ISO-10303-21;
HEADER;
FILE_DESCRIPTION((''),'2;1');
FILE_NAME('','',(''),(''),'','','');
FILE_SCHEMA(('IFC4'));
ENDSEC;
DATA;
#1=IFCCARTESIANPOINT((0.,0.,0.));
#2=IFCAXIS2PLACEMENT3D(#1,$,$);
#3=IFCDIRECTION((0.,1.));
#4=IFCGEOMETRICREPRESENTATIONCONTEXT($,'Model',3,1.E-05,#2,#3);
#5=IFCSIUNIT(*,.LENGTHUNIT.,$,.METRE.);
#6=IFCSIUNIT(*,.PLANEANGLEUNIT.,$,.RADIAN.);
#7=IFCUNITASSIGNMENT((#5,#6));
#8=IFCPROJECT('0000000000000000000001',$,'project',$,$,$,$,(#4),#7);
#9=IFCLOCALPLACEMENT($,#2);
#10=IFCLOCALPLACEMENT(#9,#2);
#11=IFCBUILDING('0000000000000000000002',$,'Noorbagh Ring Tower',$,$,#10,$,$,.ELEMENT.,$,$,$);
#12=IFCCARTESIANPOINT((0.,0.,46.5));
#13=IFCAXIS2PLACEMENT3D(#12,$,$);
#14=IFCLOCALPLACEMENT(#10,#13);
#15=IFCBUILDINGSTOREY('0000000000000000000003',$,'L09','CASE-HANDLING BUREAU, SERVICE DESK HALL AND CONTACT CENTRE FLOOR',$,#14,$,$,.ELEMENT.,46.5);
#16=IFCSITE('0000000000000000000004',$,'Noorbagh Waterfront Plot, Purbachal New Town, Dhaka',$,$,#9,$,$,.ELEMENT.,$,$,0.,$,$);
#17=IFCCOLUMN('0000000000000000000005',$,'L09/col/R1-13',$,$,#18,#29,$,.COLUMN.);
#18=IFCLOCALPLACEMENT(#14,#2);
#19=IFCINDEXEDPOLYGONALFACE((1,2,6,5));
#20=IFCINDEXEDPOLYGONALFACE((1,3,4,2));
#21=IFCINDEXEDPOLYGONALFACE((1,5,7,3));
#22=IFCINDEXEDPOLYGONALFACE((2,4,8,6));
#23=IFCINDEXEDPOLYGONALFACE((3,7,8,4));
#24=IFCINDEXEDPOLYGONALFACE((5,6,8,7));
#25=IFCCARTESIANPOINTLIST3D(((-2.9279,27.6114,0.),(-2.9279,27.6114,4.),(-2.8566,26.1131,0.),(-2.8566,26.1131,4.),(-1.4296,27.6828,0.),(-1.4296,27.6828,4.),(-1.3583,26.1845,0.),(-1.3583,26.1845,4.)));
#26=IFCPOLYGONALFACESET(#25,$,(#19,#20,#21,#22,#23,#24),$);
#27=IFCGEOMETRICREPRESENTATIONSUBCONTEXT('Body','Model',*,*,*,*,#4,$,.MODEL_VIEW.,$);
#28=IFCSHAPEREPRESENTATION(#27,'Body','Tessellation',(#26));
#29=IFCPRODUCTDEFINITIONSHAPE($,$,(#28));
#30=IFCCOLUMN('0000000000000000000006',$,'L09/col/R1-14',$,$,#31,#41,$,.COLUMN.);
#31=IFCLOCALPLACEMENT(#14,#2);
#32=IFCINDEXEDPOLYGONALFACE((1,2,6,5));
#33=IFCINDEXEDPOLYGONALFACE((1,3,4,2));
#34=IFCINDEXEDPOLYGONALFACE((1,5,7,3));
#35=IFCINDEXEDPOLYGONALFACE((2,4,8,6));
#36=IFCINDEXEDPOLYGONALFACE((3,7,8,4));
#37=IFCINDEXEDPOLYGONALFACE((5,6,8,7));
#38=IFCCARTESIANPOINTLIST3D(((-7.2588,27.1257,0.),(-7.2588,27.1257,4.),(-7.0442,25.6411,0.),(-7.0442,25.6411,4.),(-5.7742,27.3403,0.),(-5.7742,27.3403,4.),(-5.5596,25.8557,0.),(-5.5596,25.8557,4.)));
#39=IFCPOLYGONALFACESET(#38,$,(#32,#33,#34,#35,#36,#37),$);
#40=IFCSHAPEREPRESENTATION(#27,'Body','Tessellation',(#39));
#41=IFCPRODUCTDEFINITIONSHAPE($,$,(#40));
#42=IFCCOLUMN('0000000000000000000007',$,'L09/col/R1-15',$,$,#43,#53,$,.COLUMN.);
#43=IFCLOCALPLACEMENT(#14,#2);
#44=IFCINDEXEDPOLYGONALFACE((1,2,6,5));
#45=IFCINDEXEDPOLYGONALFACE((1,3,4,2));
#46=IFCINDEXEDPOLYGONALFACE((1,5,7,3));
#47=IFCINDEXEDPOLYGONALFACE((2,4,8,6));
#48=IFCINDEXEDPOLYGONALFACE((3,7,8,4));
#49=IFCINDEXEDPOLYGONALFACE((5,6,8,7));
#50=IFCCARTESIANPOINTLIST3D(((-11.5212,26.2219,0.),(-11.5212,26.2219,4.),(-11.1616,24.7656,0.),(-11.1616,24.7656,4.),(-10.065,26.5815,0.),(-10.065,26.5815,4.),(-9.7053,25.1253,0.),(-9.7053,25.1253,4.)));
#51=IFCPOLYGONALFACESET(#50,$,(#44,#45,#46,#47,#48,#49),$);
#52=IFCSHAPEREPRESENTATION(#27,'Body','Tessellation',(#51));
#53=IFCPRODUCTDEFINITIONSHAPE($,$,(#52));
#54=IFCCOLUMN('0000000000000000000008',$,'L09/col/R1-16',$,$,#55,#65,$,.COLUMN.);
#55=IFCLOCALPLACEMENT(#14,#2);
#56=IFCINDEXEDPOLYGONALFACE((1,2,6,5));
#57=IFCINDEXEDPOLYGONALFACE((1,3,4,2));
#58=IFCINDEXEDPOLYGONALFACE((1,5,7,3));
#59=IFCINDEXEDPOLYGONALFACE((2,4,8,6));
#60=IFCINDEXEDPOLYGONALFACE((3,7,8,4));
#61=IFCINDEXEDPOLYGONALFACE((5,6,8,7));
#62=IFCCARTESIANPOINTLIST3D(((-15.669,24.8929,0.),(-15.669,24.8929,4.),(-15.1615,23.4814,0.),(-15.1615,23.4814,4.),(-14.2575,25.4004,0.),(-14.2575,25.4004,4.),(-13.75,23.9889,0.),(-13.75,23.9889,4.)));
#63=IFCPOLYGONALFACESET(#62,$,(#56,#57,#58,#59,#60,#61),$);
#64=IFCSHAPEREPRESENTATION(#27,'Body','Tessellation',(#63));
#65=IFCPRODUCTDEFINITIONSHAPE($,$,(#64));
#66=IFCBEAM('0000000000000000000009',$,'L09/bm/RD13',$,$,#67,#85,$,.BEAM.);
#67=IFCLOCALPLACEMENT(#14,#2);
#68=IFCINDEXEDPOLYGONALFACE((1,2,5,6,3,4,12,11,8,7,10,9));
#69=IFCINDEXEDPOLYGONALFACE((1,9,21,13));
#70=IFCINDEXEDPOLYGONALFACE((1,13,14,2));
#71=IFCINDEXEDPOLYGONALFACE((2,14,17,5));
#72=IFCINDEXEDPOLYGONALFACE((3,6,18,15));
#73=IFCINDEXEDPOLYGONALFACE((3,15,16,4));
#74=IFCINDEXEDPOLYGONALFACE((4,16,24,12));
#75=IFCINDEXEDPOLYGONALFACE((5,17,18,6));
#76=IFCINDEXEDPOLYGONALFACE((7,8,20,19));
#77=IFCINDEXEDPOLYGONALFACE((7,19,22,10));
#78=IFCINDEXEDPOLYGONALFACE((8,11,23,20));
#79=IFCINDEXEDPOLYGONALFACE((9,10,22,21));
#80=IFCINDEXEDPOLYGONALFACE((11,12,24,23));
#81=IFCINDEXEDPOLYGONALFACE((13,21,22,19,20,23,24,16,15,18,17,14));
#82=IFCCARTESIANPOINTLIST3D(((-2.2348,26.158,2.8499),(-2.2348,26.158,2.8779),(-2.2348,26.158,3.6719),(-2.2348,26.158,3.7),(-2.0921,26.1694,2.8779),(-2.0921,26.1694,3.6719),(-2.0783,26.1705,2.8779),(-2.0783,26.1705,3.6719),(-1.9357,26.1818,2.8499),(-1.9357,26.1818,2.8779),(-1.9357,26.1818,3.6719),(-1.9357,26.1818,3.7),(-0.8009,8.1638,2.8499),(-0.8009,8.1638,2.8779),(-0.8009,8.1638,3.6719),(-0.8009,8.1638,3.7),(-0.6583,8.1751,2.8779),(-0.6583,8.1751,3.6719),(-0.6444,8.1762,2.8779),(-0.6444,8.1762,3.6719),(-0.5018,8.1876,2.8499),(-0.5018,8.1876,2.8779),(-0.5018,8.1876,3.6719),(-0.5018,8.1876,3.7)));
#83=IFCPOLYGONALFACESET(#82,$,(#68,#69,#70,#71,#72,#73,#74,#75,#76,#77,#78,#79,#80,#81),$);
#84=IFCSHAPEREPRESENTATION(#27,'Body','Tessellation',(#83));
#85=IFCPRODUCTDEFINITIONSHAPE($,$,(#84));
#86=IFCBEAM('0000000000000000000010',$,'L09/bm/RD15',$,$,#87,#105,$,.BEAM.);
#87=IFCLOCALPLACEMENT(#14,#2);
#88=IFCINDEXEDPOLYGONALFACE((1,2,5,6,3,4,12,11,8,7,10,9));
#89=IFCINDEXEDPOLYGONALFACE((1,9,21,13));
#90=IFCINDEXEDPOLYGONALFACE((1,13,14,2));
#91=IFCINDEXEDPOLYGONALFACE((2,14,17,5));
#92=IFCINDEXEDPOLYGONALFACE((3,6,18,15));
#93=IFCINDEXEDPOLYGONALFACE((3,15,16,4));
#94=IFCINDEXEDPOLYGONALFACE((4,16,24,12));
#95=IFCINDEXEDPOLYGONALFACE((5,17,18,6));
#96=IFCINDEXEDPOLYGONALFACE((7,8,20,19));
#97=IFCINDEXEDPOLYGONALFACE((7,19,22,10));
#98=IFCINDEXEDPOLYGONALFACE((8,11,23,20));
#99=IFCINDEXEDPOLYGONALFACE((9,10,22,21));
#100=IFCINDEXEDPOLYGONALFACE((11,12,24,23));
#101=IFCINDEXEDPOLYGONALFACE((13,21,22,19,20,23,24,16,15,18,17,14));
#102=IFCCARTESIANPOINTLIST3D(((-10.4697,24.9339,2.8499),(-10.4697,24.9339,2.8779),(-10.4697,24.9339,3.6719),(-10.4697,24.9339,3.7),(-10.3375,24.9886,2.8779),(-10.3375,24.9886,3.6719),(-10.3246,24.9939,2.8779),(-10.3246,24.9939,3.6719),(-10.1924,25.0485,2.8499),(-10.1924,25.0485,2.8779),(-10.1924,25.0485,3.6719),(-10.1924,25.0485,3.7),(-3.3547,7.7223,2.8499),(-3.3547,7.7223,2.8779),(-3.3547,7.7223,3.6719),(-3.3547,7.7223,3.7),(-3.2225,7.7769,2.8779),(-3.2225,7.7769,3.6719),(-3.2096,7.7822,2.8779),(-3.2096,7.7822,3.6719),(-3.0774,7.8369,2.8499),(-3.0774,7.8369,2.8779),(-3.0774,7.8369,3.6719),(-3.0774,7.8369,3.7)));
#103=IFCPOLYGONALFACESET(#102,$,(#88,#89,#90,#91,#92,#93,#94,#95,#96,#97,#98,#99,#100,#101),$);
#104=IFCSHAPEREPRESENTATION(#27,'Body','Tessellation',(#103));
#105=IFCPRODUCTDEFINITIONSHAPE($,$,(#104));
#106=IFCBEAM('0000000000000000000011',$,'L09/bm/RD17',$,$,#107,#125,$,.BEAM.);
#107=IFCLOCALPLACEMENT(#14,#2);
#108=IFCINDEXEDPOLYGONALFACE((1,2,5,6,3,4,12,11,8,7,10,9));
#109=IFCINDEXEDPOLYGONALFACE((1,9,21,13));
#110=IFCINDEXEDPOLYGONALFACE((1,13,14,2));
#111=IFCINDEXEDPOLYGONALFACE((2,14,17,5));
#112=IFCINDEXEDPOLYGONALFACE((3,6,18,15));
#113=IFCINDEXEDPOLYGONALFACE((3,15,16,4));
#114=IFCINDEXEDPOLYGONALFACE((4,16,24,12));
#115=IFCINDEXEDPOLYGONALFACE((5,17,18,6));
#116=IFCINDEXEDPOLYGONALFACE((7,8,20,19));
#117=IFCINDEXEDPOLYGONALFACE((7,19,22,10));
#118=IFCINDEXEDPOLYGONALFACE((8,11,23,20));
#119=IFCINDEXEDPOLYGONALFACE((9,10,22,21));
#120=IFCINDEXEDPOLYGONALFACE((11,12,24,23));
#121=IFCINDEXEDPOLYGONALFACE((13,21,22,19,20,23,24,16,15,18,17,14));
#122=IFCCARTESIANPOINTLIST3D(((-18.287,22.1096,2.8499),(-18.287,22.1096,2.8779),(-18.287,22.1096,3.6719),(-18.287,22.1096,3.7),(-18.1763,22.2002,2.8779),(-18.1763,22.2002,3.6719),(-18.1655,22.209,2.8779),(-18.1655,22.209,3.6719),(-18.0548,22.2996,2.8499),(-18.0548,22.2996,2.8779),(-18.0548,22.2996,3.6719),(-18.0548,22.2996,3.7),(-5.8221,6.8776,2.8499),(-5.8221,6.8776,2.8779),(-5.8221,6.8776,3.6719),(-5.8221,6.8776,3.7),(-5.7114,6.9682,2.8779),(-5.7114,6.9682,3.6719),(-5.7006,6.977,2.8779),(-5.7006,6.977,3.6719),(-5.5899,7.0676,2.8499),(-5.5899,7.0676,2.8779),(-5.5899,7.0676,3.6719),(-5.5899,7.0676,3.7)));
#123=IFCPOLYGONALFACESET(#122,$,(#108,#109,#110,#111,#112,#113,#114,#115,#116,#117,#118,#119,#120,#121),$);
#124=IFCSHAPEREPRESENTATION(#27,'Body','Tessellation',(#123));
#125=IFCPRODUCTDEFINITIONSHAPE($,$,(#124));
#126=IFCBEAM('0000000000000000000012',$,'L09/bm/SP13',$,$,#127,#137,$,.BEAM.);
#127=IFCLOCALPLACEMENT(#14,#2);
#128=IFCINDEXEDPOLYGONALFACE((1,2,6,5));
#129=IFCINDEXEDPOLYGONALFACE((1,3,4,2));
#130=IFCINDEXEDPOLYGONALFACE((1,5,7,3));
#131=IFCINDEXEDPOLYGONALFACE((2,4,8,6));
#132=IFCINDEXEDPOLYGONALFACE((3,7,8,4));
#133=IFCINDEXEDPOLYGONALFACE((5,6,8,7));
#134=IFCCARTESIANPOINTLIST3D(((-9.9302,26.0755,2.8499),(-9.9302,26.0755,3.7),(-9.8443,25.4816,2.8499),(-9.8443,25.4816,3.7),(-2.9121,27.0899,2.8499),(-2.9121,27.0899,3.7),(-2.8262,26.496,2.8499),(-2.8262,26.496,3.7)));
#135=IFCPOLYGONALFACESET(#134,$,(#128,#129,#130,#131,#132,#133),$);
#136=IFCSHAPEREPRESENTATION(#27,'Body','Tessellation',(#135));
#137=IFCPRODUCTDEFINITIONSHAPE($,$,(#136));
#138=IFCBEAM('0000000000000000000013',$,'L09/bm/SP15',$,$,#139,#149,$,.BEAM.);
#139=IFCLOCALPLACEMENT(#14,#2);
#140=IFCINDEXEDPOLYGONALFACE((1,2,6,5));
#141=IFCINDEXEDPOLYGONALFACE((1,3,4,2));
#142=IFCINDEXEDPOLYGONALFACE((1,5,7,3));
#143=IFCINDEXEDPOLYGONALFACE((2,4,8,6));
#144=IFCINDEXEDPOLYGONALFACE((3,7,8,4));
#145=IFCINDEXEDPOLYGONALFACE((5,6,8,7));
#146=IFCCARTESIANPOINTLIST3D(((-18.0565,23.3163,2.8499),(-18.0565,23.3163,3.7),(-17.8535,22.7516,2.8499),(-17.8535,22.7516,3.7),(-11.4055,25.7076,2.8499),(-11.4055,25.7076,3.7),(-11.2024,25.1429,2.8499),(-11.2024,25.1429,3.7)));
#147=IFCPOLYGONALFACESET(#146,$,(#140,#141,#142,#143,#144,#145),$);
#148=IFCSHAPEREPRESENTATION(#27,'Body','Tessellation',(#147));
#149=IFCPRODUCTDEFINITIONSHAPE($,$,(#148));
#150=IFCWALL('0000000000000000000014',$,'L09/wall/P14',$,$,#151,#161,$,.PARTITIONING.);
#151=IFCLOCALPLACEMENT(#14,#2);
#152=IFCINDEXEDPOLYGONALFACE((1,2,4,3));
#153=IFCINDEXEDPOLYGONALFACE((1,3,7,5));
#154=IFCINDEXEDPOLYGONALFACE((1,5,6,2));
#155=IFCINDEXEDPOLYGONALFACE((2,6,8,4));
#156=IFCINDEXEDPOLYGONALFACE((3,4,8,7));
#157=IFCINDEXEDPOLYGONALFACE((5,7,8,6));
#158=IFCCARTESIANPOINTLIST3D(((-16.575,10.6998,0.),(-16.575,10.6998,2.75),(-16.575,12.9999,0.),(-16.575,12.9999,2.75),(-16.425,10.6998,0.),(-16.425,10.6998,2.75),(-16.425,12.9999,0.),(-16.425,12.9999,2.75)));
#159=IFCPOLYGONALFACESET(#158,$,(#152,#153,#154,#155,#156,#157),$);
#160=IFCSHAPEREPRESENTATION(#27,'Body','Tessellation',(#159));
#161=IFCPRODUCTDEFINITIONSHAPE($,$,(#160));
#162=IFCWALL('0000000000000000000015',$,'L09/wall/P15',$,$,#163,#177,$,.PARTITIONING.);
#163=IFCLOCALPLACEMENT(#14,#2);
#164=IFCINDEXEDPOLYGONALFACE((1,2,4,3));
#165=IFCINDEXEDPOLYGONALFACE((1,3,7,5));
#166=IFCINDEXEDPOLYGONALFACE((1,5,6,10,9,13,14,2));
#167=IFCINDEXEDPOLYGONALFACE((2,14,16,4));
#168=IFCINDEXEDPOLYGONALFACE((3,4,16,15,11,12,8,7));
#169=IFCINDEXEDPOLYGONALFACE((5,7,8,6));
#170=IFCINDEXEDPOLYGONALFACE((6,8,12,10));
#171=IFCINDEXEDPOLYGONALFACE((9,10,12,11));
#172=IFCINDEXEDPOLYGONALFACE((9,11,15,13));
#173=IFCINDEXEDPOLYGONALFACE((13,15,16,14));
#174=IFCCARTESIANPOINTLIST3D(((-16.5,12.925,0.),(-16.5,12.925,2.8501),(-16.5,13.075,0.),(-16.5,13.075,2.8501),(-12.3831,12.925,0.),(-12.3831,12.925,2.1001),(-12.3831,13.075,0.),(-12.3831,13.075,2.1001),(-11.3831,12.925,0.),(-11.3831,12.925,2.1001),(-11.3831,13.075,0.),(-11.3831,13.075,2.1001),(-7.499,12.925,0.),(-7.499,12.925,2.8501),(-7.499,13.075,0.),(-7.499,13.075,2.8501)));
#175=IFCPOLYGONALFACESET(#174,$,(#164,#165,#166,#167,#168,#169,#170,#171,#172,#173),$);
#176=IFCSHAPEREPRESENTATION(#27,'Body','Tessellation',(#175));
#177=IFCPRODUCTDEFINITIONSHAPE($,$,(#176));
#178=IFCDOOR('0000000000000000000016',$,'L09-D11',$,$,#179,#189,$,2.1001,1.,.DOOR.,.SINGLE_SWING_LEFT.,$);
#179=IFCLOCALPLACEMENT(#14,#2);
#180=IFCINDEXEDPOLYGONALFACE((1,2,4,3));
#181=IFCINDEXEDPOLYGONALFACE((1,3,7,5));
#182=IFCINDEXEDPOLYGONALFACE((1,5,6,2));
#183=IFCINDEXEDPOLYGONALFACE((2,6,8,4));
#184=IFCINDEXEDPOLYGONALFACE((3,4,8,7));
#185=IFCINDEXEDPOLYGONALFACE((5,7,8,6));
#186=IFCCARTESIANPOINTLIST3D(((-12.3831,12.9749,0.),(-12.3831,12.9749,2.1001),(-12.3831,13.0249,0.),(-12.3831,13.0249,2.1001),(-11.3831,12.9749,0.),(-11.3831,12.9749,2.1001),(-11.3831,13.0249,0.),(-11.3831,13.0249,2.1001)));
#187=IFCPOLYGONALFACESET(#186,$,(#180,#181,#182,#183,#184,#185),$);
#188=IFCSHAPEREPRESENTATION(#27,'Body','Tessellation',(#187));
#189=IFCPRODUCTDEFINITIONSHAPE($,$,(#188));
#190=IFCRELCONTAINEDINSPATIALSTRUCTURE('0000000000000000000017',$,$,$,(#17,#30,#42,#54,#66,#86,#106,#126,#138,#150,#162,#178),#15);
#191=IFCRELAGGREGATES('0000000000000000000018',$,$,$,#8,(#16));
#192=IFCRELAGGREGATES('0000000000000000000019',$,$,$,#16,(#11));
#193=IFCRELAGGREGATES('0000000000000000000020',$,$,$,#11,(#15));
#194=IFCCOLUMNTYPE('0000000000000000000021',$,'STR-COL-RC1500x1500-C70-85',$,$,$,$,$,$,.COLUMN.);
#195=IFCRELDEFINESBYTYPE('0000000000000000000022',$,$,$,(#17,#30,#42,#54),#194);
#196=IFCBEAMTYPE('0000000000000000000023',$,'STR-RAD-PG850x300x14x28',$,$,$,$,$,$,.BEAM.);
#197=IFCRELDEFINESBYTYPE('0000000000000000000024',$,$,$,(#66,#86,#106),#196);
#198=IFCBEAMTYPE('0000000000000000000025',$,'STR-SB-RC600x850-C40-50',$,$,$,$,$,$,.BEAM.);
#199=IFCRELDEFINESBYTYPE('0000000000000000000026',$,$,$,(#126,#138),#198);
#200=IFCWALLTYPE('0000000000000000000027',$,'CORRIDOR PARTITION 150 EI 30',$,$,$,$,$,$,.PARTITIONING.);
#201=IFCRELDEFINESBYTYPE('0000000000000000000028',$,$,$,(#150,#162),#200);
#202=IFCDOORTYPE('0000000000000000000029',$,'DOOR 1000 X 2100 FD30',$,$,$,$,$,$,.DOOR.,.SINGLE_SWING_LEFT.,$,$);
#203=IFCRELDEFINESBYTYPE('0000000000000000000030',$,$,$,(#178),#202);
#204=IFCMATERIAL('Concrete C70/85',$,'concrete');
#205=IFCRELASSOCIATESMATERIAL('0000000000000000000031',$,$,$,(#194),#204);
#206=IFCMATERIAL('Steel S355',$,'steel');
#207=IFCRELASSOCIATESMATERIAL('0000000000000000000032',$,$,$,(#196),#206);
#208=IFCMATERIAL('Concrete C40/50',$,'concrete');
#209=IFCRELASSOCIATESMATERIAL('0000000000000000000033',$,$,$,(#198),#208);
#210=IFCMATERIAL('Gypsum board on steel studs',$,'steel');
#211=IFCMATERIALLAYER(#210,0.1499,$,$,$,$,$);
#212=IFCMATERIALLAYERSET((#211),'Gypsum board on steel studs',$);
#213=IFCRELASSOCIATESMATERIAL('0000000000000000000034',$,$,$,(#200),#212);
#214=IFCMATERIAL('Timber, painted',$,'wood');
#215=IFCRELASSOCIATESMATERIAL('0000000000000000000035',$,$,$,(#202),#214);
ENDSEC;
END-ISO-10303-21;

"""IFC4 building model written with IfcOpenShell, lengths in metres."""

from ifc_helpers import new_model, si_unit, direction, frame, frame_2d, origin, origin_2d, place, context, subcontext, project, spatial, rectangle, i_section, extrude, material, layer, layer_set, material_profile, profile_set, type_object, element, fill, save


model = new_model("IFC4")

# Units and contexts
model_context = context("Model", 3, precision=1e-05, world=origin(), true_north=direction((0.0, 1.0)))
body_context = subcontext(model_context, "Body", "Model", "MODEL_VIEW")
ifc_project = project(units=[si_unit("LENGTHUNIT", "METRE"), si_unit("PLANEANGLEUNIT", "RADIAN")], contexts=[model_context])

# Site, building, storey
site_placement = place(None, origin())
site = spatial("IfcSite", under=ifc_project, at=site_placement, Name="Noorbagh Waterfront Plot, Purbachal New Town, Dhaka", CompositionType="ELEMENT", RefElevation=0.0)
building_placement = place(site_placement, origin())
building = spatial("IfcBuilding", under=site, at=building_placement, Name="Noorbagh Ring Tower", CompositionType="ELEMENT")
storey_placement = place(building_placement, frame((0.0, 0.0, 46.5)))
storey = spatial("IfcBuildingStorey", under=building, at=storey_placement, Name="L09", Description="CASE-HANDLING BUREAU, SERVICE DESK HALL AND CONTACT CENTRE FLOOR", CompositionType="ELEMENT", Elevation=46.5)

# Columns
ifc_material_1 = material(Name="Concrete C70/85", Category="concrete")
ifc_material_profile_1 = material_profile(ifc_material_1, rectangle(XDim=1.5, YDim=1.5, at=origin_2d()), Name="RC1500x1500")
ifc_profile_set_1 = profile_set([ifc_material_profile_1], Name="Concrete C70/85")
column_type = type_object("IfcColumnType", Name="STR-COL-RC1500x1500-C70-85", PredefinedType="COLUMN", material=ifc_profile_set_1)
for number, where, z_axis, x_axis, name in (
    (1, (-2.1431, 26.8979, 0.0), (0.0, 0.0, 1.0), (-0.998869, -0.047553, 0.0), "L09/col/R1-13"),
    (2, (-6.4092, 26.4907, 0.0), (0.0, 0.0, 1.0), (-0.989713, -0.143066, 0.0), "L09/col/R1-14"),
    (3, (-10.6133, 25.6736, 0.0), (0.0, 0.0, 1.0), (-0.970829, -0.239771, 0.0), "L09/col/R1-15"),
    (4, (-14.7095, 24.4409, 0.0), (0.0, 0.0, 1.0), (-0.941025, -0.338338, 0.0), "L09/col/R1-16"),
):
    element("IfcColumn", number, at=place(storey_placement, frame(where, z_axis=z_axis, x_axis=x_axis)), inside=storey, type_object=column_type, Name=name, PredefinedType="COLUMN", context=body_context, shape_type="SweptSolid", body=[
        extrude(rectangle(XDim=1.5, YDim=1.5, at=origin_2d()), origin(), (0.0, 0.0, 1.0), 4.0),
    ])

# Beams
ifc_material_2 = material(Name="Steel S355", Category="steel")
ifc_material_profile_2 = material_profile(ifc_material_2, i_section(OverallWidth=0.3, OverallDepth=0.8501, WebThickness=0.0139, FlangeThickness=0.0281, at=origin_2d()), Name="PG850x300x14x28")
ifc_profile_set_2 = profile_set([ifc_material_profile_2], Name="Steel S355")
beam_type_1 = type_object("IfcBeamType", Name="STR-RAD-PG850x300x14x28", PredefinedType="BEAM", material=ifc_profile_set_2)
beam_1_placement = place(storey_placement, frame((-2.0852, 26.1699, 3.2749), z_axis=(0.079432, -0.99684, 0.0), x_axis=(0.99684, 0.079432, 0.0)))
element("IfcBeam", 5, at=beam_1_placement, inside=storey, type_object=beam_type_1, Name="L09/bm/RD13", PredefinedType="BEAM", context=body_context, shape_type="SweptSolid", body=[
    extrude(i_section(OverallWidth=0.3, OverallDepth=0.8501, WebThickness=0.0139, FlangeThickness=0.0281, at=origin_2d()), origin(), (0.0, 0.0, 1.0), 18.0513),
])
beam_2_placement = place(storey_placement, frame((-10.3311, 24.9912, 3.2749), z_axis=(0.382027, -0.924151, 0.0), x_axis=(0.924151, 0.382027, 0.0)))
element("IfcBeam", 6, at=beam_2_placement, inside=storey, type_object=beam_type_1, Name="L09/bm/RD15", PredefinedType="BEAM", context=body_context, shape_type="SweptSolid", body=[
    extrude(i_section(OverallWidth=0.3, OverallDepth=0.8501, WebThickness=0.0139, FlangeThickness=0.0281, at=origin_2d()), origin(), (0.0, 0.0, 1.0), 18.6243),
])
beam_3_placement = place(storey_placement, frame((-18.1709, 22.2046, 3.2749), z_axis=(0.633309, -0.773899, 0.0), x_axis=(0.773899, 0.633309, 0.0)))
element("IfcBeam", 7, at=beam_3_placement, inside=storey, type_object=beam_type_1, Name="L09/bm/RD17", PredefinedType="BEAM", context=body_context, shape_type="SweptSolid", body=[
    extrude(i_section(OverallWidth=0.3, OverallDepth=0.8501, WebThickness=0.0139, FlangeThickness=0.0281, at=origin_2d()), origin(), (0.0, 0.0, 1.0), 19.6821),
])
ifc_material_3 = material(Name="Concrete C40/50", Category="concrete")
ifc_material_profile_3 = material_profile(ifc_material_3, rectangle(XDim=0.6001, YDim=0.8501, at=origin_2d()), Name="RC600x850")
ifc_profile_set_3 = profile_set([ifc_material_profile_3], Name="Concrete C40/50")
beam_type_2 = type_object("IfcBeamType", Name="STR-SB-RC600x850-C40-50", PredefinedType="BEAM", material=ifc_profile_set_3)
beam_4_placement = place(storey_placement, frame((-2.8691, 26.793, 3.2749), z_axis=(-0.989715, -0.143055, 0.0), x_axis=(0.143055, -0.989715, 0.0)))
element("IfcBeam", 8, at=beam_4_placement, inside=storey, type_object=beam_type_2, Name="L09/bm/SP13", PredefinedType="BEAM", context=body_context, shape_type="SweptSolid", body=[
    extrude(rectangle(XDim=0.6001, YDim=0.8501, at=origin_2d()), origin(), (0.0, 0.0, 1.0), 7.0911),
])
beam_5_placement = place(storey_placement, frame((-11.304, 25.4253, 3.2749), z_axis=(-0.941025, -0.338338, 0.0), x_axis=(0.338338, -0.941025, 0.0)))
element("IfcBeam", 9, at=beam_5_placement, inside=storey, type_object=beam_type_2, Name="L09/bm/SP15", PredefinedType="BEAM", context=body_context, shape_type="SweptSolid", body=[
    extrude(rectangle(XDim=0.6001, YDim=0.8501, at=origin_2d()), origin(), (0.0, 0.0, 1.0), 7.0679),
])

# Wall
ifc_material_4 = material(Name="Gypsum board on steel studs", Category="steel")
ifc_layer_1 = layer(ifc_material_4, 0.1499)
ifc_layer_set_1 = layer_set([ifc_layer_1], Name="Gypsum board on steel studs")
wall_type_1 = type_object("IfcWallType", Name="CORRIDOR PARTITION 150 EI 30", PredefinedType="PARTITIONING", material=ifc_layer_set_1)
wall_1_placement = place(storey_placement, frame((-16.5, 10.7, 0.0), z_axis=(0.0, 0.0, 1.0), x_axis=(0.0, 1.0, 0.0)))
element("IfcWall", 10, at=wall_1_placement, inside=storey, type_object=wall_type_1, Name="L09/wall/P14", PredefinedType="PARTITIONING", context=body_context, shape_type="SweptSolid", body=[
    extrude(rectangle(XDim=2.3, YDim=0.1499, at=frame_2d((1.1499, 0.0))), origin(), (0.0, 0.0, 1.0), 2.75),
])

# Wall, opening, door
wall_2_placement = place(storey_placement, frame((-16.5, 13.0, 0.0), z_axis=(0.0, 0.0, 1.0), x_axis=(1.0, 0.0, 0.0)))
wall_2 = element("IfcWall", 11, at=wall_2_placement, inside=storey, type_object=wall_type_1, Name="L09/wall/P15", PredefinedType="PARTITIONING", context=body_context, shape_type="SweptSolid", body=[
    extrude(rectangle(XDim=9.001, YDim=0.1499, at=frame_2d((4.5005, 0.0))), origin(), (0.0, 0.0, 1.0), 2.8501),
])
opening_1_placement = place(wall_2_placement, frame((4.1169, 0.0, 0.0)))
opening_1 = element("IfcOpeningElement", 12, at=opening_1_placement, cuts=wall_2, PredefinedType="OPENING", context=body_context, shape_type="SweptSolid", body=[
    extrude(rectangle(XDim=1.0, YDim=2.1001, at=frame_2d((0.5, 1.05))), frame((0.0, 0.085, 0.0), z_axis=(0.0, -1.0, 0.0), x_axis=(1.0, 0.0, 0.0)), (0.0, 0.0, 1.0), 0.1699),
])
ifc_material_5 = material(Name="Timber, painted", Category="wood")
door_type = type_object("IfcDoorType", Name="DOOR 1000 X 2100 FD30", OperationType="SINGLE_SWING_LEFT", PredefinedType="DOOR", material=ifc_material_5)
door_1_placement = place(opening_1_placement, origin())
door_1 = element("IfcDoor", 13, at=door_1_placement, inside=storey, type_object=door_type, Name="L09-D11", OperationType="SINGLE_SWING_LEFT", OverallHeight=2.1001, OverallWidth=1.0, PredefinedType="DOOR", context=body_context, shape_type="SweptSolid", body=[
    extrude(rectangle(XDim=1.0, YDim=2.1001, at=frame_2d((0.5, 1.05))), frame((0.0, 0.0249, 0.0), z_axis=(0.0, -1.0, 0.0), x_axis=(1.0, 0.0, 0.0)), (0.0, 0.0, 1.0), 0.05),
])
fill(opening_1, door_1)

save(model, "model.ifc")
